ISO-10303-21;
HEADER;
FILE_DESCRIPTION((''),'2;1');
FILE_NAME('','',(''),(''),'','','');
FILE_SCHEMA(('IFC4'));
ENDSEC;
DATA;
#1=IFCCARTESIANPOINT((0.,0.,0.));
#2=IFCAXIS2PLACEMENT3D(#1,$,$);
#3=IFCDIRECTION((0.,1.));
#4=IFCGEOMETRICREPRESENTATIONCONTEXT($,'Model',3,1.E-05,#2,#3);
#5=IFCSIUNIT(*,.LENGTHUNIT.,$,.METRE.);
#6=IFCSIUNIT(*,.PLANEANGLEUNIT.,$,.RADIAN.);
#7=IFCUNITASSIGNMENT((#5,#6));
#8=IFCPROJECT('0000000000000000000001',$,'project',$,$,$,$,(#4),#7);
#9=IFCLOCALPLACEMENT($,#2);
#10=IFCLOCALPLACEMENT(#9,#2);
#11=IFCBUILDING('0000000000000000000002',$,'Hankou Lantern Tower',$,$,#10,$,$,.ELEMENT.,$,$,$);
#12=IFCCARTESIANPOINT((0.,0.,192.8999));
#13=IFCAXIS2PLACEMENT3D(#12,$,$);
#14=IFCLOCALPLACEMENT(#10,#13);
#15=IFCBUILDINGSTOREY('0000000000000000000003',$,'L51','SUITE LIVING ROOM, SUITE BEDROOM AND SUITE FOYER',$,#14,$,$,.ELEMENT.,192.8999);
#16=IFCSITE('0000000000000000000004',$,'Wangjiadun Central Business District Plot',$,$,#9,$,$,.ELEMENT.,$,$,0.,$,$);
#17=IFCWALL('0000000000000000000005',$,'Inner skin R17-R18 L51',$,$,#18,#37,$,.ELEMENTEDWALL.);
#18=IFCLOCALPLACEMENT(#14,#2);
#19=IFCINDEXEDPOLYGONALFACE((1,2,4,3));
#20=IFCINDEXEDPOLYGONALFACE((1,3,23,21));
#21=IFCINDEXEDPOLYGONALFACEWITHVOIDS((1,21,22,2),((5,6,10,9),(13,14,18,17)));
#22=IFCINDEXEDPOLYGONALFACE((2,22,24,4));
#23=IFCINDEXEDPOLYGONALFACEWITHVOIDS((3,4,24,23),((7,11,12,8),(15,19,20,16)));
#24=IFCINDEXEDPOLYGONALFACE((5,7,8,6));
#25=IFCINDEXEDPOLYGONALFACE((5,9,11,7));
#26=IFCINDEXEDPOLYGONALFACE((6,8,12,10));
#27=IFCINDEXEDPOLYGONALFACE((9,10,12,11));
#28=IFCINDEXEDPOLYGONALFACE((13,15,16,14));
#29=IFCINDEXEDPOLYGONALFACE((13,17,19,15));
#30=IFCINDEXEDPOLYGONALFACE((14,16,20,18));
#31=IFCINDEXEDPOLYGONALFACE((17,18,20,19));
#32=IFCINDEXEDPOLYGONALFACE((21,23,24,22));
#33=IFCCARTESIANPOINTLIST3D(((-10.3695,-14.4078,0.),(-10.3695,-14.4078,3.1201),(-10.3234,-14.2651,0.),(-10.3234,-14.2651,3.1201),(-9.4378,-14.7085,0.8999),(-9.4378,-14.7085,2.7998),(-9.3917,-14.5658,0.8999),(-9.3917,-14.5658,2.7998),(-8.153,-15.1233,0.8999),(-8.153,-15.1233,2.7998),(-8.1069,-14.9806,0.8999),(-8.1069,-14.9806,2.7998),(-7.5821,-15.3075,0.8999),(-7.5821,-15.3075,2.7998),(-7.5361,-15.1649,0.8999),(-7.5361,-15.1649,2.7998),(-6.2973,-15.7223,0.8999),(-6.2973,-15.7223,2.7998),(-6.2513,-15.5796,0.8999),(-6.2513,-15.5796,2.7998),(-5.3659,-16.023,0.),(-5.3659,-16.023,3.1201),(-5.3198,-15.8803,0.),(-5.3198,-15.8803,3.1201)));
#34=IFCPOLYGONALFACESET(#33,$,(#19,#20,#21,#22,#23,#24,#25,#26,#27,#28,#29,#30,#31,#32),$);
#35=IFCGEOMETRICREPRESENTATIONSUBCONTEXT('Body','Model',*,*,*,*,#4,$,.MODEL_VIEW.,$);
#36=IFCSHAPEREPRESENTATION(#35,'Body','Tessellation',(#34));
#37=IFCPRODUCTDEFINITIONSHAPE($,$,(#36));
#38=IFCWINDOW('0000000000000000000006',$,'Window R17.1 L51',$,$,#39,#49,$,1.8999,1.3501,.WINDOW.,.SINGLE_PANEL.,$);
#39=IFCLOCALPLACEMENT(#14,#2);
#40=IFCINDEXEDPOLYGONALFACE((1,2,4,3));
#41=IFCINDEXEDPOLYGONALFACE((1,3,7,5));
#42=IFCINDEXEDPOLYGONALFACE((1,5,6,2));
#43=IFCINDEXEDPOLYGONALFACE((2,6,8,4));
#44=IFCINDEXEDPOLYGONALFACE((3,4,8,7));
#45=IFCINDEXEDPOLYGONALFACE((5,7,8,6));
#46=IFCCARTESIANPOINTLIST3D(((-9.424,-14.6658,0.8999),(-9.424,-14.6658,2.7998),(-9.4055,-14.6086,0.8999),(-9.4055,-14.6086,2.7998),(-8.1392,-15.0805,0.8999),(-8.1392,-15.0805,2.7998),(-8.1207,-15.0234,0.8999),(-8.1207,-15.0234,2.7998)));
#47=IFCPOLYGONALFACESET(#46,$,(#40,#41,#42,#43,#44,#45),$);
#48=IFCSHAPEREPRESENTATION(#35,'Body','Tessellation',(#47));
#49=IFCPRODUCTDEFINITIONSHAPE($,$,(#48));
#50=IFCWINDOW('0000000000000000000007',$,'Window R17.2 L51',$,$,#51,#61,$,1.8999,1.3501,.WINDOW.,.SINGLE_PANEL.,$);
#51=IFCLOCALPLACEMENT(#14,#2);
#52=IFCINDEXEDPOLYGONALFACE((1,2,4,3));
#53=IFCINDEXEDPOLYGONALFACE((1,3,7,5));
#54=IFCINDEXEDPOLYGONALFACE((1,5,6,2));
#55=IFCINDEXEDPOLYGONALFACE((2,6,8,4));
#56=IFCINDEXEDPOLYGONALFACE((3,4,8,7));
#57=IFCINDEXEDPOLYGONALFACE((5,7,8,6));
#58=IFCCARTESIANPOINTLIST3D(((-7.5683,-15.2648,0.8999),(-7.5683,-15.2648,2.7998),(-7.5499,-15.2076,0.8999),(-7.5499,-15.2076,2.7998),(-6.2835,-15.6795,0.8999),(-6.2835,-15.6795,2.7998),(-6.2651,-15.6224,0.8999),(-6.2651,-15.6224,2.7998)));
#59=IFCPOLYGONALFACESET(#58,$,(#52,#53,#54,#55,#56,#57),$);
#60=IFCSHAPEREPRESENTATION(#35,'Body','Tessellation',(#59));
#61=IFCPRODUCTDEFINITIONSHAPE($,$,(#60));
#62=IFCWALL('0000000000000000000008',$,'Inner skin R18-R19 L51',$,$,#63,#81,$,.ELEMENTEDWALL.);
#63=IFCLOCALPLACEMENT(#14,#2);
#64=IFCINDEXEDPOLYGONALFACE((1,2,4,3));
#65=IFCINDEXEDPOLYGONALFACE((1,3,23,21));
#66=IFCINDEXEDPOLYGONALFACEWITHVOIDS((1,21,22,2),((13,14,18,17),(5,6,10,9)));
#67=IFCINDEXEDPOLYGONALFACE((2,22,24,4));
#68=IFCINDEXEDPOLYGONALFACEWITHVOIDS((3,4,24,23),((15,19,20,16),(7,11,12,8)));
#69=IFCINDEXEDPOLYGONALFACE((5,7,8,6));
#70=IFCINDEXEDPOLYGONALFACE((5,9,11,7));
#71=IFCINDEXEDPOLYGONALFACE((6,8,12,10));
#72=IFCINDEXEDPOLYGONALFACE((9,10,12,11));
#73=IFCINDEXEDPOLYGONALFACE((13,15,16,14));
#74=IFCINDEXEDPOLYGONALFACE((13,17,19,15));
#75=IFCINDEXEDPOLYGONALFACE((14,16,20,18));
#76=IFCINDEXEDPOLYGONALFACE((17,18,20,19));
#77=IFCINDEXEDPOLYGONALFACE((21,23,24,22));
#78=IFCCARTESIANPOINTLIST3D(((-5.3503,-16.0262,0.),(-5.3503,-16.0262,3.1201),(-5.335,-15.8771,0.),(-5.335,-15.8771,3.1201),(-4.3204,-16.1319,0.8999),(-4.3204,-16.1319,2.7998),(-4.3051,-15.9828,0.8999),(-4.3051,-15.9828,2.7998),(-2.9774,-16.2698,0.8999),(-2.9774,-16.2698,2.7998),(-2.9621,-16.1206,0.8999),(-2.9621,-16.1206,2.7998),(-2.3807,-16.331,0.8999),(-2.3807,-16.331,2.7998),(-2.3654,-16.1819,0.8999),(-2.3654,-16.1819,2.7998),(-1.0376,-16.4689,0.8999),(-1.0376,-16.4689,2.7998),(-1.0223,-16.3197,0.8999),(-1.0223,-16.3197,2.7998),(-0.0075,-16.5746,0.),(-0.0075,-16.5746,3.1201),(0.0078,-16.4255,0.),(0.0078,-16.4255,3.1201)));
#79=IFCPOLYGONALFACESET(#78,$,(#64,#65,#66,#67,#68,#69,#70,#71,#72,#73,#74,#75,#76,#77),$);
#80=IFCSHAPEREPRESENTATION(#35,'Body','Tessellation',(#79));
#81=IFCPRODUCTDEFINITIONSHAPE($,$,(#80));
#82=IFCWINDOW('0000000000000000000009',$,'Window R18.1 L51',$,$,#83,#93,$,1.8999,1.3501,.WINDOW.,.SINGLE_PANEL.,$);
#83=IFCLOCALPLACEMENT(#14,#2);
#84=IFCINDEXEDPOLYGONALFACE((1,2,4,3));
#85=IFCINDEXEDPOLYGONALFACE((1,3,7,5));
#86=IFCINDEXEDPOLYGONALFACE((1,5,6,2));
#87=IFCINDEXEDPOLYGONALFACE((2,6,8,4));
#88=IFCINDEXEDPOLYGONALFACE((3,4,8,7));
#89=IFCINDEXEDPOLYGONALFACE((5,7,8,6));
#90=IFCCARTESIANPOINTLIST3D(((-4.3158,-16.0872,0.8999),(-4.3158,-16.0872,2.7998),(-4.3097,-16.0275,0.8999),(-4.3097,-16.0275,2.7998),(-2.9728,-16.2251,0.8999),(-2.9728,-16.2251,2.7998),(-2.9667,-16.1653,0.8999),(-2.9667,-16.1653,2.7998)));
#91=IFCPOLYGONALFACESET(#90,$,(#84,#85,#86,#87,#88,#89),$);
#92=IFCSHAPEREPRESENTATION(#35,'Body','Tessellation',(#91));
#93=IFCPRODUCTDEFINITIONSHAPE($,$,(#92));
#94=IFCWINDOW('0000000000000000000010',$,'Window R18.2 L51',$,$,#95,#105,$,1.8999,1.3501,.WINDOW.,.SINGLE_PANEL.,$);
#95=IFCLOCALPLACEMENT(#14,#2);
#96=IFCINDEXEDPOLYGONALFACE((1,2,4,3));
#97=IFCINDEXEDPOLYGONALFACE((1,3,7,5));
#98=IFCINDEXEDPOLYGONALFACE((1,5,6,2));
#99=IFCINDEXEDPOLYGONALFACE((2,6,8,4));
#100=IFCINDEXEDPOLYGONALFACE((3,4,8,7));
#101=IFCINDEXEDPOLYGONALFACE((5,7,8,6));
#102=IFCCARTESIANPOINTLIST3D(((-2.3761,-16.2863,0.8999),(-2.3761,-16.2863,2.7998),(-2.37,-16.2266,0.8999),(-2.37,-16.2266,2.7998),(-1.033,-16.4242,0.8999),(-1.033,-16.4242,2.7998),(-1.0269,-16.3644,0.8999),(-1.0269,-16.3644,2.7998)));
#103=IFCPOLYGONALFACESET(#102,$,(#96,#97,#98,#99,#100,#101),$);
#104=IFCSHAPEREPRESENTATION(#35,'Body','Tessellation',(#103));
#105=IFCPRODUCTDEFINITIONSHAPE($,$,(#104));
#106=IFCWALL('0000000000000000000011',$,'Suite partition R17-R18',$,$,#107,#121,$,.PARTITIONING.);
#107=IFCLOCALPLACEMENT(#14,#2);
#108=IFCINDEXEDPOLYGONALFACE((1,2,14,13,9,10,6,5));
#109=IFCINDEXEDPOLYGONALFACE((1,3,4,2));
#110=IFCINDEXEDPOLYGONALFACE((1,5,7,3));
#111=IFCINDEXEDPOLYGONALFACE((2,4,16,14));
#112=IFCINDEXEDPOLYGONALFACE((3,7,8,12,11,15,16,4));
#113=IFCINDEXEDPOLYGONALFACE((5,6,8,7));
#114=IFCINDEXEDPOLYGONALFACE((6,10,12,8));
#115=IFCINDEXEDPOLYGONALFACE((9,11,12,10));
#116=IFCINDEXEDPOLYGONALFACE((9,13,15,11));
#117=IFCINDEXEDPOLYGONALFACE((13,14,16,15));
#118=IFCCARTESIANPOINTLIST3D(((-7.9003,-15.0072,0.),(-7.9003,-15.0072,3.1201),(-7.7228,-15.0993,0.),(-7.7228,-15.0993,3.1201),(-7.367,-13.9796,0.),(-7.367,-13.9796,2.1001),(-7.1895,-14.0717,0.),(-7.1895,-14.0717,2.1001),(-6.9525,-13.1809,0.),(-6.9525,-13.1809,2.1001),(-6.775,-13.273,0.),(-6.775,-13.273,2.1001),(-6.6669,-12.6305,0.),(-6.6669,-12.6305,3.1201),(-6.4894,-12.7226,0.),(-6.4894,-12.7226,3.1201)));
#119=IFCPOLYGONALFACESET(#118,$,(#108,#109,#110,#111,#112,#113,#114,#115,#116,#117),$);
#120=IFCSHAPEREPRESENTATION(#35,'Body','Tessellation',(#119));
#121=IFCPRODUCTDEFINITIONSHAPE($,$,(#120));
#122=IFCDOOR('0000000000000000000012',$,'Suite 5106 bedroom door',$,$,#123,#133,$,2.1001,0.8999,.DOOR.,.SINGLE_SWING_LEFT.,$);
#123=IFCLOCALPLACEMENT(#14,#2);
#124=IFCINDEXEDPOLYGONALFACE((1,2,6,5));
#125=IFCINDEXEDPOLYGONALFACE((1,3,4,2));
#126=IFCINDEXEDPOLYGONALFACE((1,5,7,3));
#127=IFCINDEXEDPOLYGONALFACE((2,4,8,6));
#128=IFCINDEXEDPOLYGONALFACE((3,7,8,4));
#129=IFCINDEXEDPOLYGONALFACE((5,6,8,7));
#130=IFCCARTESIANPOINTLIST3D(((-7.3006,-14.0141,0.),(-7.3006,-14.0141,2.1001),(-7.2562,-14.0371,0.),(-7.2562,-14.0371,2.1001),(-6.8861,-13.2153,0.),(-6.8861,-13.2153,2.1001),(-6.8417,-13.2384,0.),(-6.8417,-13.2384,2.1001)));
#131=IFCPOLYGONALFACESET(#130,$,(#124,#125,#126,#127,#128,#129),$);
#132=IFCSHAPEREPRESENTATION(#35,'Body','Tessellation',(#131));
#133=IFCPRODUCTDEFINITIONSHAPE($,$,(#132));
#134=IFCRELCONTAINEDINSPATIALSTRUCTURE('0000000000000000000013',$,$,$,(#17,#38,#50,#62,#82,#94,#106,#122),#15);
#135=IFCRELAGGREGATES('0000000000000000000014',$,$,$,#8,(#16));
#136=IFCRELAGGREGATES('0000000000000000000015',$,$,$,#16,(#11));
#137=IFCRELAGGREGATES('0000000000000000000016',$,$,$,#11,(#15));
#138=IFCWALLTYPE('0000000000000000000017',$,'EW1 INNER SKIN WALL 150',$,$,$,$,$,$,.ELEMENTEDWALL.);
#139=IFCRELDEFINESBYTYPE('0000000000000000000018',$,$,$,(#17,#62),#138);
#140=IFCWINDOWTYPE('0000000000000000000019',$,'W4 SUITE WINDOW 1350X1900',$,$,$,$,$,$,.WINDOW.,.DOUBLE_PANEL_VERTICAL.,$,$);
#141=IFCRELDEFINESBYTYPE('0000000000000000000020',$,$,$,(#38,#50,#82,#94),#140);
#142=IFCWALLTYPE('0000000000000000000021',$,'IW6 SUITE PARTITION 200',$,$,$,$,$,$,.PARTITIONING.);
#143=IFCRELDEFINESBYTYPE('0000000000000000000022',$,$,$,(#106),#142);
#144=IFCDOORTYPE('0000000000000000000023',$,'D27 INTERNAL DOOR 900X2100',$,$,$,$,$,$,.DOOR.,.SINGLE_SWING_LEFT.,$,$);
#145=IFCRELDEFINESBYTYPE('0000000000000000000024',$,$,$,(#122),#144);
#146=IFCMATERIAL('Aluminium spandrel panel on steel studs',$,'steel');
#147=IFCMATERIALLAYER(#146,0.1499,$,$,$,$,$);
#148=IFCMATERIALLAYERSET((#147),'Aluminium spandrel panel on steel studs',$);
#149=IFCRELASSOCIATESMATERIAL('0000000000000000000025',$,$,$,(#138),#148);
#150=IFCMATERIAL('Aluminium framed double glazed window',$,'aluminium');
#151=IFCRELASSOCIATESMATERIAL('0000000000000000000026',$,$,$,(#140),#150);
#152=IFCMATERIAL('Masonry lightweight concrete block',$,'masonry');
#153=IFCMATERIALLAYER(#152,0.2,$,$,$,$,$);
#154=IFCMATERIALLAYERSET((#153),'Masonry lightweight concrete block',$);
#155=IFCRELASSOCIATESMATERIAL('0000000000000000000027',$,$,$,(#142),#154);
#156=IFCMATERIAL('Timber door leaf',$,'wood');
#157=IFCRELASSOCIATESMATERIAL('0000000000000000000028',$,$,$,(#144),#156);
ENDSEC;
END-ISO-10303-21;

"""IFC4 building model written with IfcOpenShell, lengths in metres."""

from ifc_helpers import new_model, si_unit, direction, frame, frame_2d, origin, place, context, subcontext, project, spatial, rectangle, extrude, material, layer, layer_set, type_object, element, fill, save


model = new_model("IFC4")

# Units and contexts
model_context = context("Model", 3, precision=1e-05, world=origin(), true_north=direction((0.0, 1.0)))
body_context = subcontext(model_context, "Body", "Model", "MODEL_VIEW")
ifc_project = project(units=[si_unit("LENGTHUNIT", "METRE"), si_unit("PLANEANGLEUNIT", "RADIAN")], contexts=[model_context])

# Site, building, storey
site_placement = place(None, origin())
site = spatial("IfcSite", under=ifc_project, at=site_placement, Name="Wangjiadun Central Business District Plot", CompositionType="ELEMENT", RefElevation=0.0)
building_placement = place(site_placement, origin())
building = spatial("IfcBuilding", under=site, at=building_placement, Name="Hankou Lantern Tower", CompositionType="ELEMENT")
storey_placement = place(building_placement, frame((0.0, 0.0, 192.8999)))
storey = spatial("IfcBuildingStorey", under=building, at=storey_placement, Name="L51", Description="SUITE LIVING ROOM, SUITE BEDROOM AND SUITE FOYER", CompositionType="ELEMENT", Elevation=192.8999)

# Walls, openings, windows
ifc_material_1 = material(Name="Aluminium spandrel panel on steel studs", Category="steel")
ifc_layer_1 = layer(ifc_material_1, 0.1499)
ifc_layer_set_1 = layer_set([ifc_layer_1], Name="Aluminium spandrel panel on steel studs")
wall_type_1 = type_object("IfcWallType", Name="EW1 INNER SKIN WALL 150", PredefinedType="ELEMENTEDWALL", material=ifc_layer_set_1)
wall_1_placement = place(storey_placement, frame((-10.3464, -14.3364, 0.0), z_axis=(0.0, 0.0, 1.0), x_axis=(0.951645, -0.307201, 0.0)))
wall_1 = element("IfcWall", 1, at=wall_1_placement, inside=storey, type_object=wall_type_1, Name="Inner skin R17-R18 L51", PredefinedType="ELEMENTEDWALL", context=body_context, shape_type="SweptSolid", body=[
    extrude(rectangle(XDim=5.2578, YDim=0.1499, at=frame_2d((2.6289, 0.0))), origin(), (0.0, 0.0, 1.0), 3.1201),
])
opening_1_placement = place(wall_1_placement, frame((0.979, 0.0, 0.8999)))
opening_1 = element("IfcOpeningElement", 2, at=opening_1_placement, cuts=wall_1, PredefinedType="OPENING", context=body_context, shape_type="SweptSolid", body=[
    extrude(rectangle(XDim=1.3501, YDim=1.8999, at=frame_2d((0.675, 0.95))), frame((0.0, 0.085, 0.0), z_axis=(0.0, -1.0, 0.0), x_axis=(1.0, 0.0, 0.0)), (0.0, 0.0, 1.0), 0.1699),
])
opening_2_placement = place(wall_1_placement, frame((2.929, 0.0, 0.8999)))
opening_2 = element("IfcOpeningElement", 3, at=opening_2_placement, cuts=wall_1, PredefinedType="OPENING", context=body_context, shape_type="SweptSolid", body=[
    extrude(rectangle(XDim=1.3501, YDim=1.8999, at=frame_2d((0.675, 0.95))), frame((0.0, 0.085, 0.0), z_axis=(0.0, -1.0, 0.0), x_axis=(1.0, 0.0, 0.0)), (0.0, 0.0, 1.0), 0.1699),
])
ifc_material_2 = material(Name="Aluminium framed double glazed window", Category="aluminium")
window_type = type_object("IfcWindowType", Name="W4 SUITE WINDOW 1350X1900", PartitioningType="DOUBLE_PANEL_VERTICAL", PredefinedType="WINDOW", material=ifc_material_2)
window_1_placement = place(opening_1_placement, origin())
window_1 = element("IfcWindow", 4, at=window_1_placement, inside=storey, type_object=window_type, Name="Window R17.1 L51", OverallHeight=1.8999, OverallWidth=1.3501, PartitioningType="SINGLE_PANEL", PredefinedType="WINDOW", context=body_context, shape_type="SweptSolid", body=[
    extrude(rectangle(XDim=1.3501, YDim=1.8999, at=frame_2d((0.675, 0.95))), frame((0.0, 0.03, 0.0), z_axis=(0.0, -1.0, 0.0), x_axis=(1.0, 0.0, 0.0)), (0.0, 0.0, 1.0), 0.0601),
])
fill(opening_1, window_1)
window_2_placement = place(opening_2_placement, origin())
window_2 = element("IfcWindow", 5, at=window_2_placement, inside=storey, type_object=window_type, Name="Window R17.2 L51", OverallHeight=1.8999, OverallWidth=1.3501, PartitioningType="SINGLE_PANEL", PredefinedType="WINDOW", context=body_context, shape_type="SweptSolid", body=[
    extrude(rectangle(XDim=1.3501, YDim=1.8999, at=frame_2d((0.675, 0.95))), frame((0.0, 0.03, 0.0), z_axis=(0.0, -1.0, 0.0), x_axis=(1.0, 0.0, 0.0)), (0.0, 0.0, 1.0), 0.0601),
])
fill(opening_2, window_2)
wall_2_placement = place(storey_placement, frame((-5.3428, -15.9517, 0.0), z_axis=(0.0, 0.0, 1.0), x_axis=(0.994775, -0.102096, 0.0)))
wall_2 = element("IfcWall", 6, at=wall_2_placement, inside=storey, type_object=wall_type_1, Name="Inner skin R18-R19 L51", PredefinedType="ELEMENTEDWALL", context=body_context, shape_type="SweptSolid", body=[
    extrude(rectangle(XDim=5.3708, YDim=0.1499, at=frame_2d((2.6855, 0.0))), origin(), (0.0, 0.0, 1.0), 3.1201),
])
opening_3_placement = place(wall_2_placement, frame((1.0354, 0.0, 0.8999)))
opening_3 = element("IfcOpeningElement", 7, at=opening_3_placement, cuts=wall_2, PredefinedType="OPENING", context=body_context, shape_type="SweptSolid", body=[
    extrude(rectangle(XDim=1.3501, YDim=1.8999, at=frame_2d((0.675, 0.95))), frame((0.0, 0.085, 0.0), z_axis=(0.0, -1.0, 0.0), x_axis=(1.0, 0.0, 0.0)), (0.0, 0.0, 1.0), 0.1699),
])
opening_4_placement = place(wall_2_placement, frame((2.9854, 0.0, 0.8999)))
opening_4 = element("IfcOpeningElement", 8, at=opening_4_placement, cuts=wall_2, PredefinedType="OPENING", context=body_context, shape_type="SweptSolid", body=[
    extrude(rectangle(XDim=1.3501, YDim=1.8999, at=frame_2d((0.675, 0.95))), frame((0.0, 0.085, 0.0), z_axis=(0.0, -1.0, 0.0), x_axis=(1.0, 0.0, 0.0)), (0.0, 0.0, 1.0), 0.1699),
])
window_3_placement = place(opening_3_placement, origin())
window_3 = element("IfcWindow", 9, at=window_3_placement, inside=storey, type_object=window_type, Name="Window R18.1 L51", OverallHeight=1.8999, OverallWidth=1.3501, PartitioningType="SINGLE_PANEL", PredefinedType="WINDOW", context=body_context, shape_type="SweptSolid", body=[
    extrude(rectangle(XDim=1.3501, YDim=1.8999, at=frame_2d((0.675, 0.95))), frame((0.0, 0.03, 0.0), z_axis=(0.0, -1.0, 0.0), x_axis=(1.0, 0.0, 0.0)), (0.0, 0.0, 1.0), 0.0601),
])
fill(opening_3, window_3)
window_4_placement = place(opening_4_placement, origin())
window_4 = element("IfcWindow", 10, at=window_4_placement, inside=storey, type_object=window_type, Name="Window R18.2 L51", OverallHeight=1.8999, OverallWidth=1.3501, PartitioningType="SINGLE_PANEL", PredefinedType="WINDOW", context=body_context, shape_type="SweptSolid", body=[
    extrude(rectangle(XDim=1.3501, YDim=1.8999, at=frame_2d((0.675, 0.95))), frame((0.0, 0.03, 0.0), z_axis=(0.0, -1.0, 0.0), x_axis=(1.0, 0.0, 0.0)), (0.0, 0.0, 1.0), 0.0601),
])
fill(opening_4, window_4)

# Wall, opening, door
ifc_material_3 = material(Name="Masonry lightweight concrete block", Category="masonry")
ifc_layer_2 = layer(ifc_material_3, 0.2)
ifc_layer_set_2 = layer_set([ifc_layer_2], Name="Masonry lightweight concrete block")
wall_type_2 = type_object("IfcWallType", Name="IW6 SUITE PARTITION 200", PredefinedType="PARTITIONING", material=ifc_layer_set_2)
wall_3_placement = place(storey_placement, frame((-6.5781, -12.6765, 0.0), z_axis=(0.0, 0.0, 1.0), x_axis=(-0.460621, -0.887597, 0.0)))
wall_3 = element("IfcWall", 11, at=wall_3_placement, inside=storey, type_object=wall_type_2, Name="Suite partition R17-R18", PredefinedType="PARTITIONING", context=body_context, shape_type="SweptSolid", body=[
    extrude(rectangle(XDim=2.6777, YDim=0.2, at=frame_2d((1.3389, 0.0))), origin(), (0.0, 0.0, 1.0), 3.1201),
])
opening_5_placement = place(wall_3_placement, frame((0.6201, 0.0, 0.0)))
opening_5 = element("IfcOpeningElement", 12, at=opening_5_placement, cuts=wall_3, PredefinedType="OPENING", context=body_context, shape_type="SweptSolid", body=[
    extrude(rectangle(XDim=0.8999, YDim=2.1001, at=frame_2d((0.45, 1.05))), frame((0.0, 0.1099, 0.0), z_axis=(0.0, -1.0, 0.0), x_axis=(1.0, 0.0, 0.0)), (0.0, 0.0, 1.0), 0.22),
])
ifc_material_4 = material(Name="Timber door leaf", Category="wood")
door_type = type_object("IfcDoorType", Name="D27 INTERNAL DOOR 900X2100", OperationType="SINGLE_SWING_LEFT", PredefinedType="DOOR", material=ifc_material_4)
door_placement = place(opening_5_placement, origin())
door = element("IfcDoor", 13, at=door_placement, inside=storey, type_object=door_type, Name="Suite 5106 bedroom door", OperationType="SINGLE_SWING_LEFT", OverallHeight=2.1001, OverallWidth=0.8999, PredefinedType="DOOR", context=body_context, shape_type="SweptSolid", body=[
    extrude(rectangle(XDim=0.8999, YDim=2.1001, at=frame_2d((0.45, 1.05))), frame((0.0, 0.0249, 0.0), z_axis=(0.0, -1.0, 0.0), x_axis=(1.0, 0.0, 0.0)), (0.0, 0.0, 1.0), 0.05),
])
fill(opening_5, door)

save(model, "model.ifc")
